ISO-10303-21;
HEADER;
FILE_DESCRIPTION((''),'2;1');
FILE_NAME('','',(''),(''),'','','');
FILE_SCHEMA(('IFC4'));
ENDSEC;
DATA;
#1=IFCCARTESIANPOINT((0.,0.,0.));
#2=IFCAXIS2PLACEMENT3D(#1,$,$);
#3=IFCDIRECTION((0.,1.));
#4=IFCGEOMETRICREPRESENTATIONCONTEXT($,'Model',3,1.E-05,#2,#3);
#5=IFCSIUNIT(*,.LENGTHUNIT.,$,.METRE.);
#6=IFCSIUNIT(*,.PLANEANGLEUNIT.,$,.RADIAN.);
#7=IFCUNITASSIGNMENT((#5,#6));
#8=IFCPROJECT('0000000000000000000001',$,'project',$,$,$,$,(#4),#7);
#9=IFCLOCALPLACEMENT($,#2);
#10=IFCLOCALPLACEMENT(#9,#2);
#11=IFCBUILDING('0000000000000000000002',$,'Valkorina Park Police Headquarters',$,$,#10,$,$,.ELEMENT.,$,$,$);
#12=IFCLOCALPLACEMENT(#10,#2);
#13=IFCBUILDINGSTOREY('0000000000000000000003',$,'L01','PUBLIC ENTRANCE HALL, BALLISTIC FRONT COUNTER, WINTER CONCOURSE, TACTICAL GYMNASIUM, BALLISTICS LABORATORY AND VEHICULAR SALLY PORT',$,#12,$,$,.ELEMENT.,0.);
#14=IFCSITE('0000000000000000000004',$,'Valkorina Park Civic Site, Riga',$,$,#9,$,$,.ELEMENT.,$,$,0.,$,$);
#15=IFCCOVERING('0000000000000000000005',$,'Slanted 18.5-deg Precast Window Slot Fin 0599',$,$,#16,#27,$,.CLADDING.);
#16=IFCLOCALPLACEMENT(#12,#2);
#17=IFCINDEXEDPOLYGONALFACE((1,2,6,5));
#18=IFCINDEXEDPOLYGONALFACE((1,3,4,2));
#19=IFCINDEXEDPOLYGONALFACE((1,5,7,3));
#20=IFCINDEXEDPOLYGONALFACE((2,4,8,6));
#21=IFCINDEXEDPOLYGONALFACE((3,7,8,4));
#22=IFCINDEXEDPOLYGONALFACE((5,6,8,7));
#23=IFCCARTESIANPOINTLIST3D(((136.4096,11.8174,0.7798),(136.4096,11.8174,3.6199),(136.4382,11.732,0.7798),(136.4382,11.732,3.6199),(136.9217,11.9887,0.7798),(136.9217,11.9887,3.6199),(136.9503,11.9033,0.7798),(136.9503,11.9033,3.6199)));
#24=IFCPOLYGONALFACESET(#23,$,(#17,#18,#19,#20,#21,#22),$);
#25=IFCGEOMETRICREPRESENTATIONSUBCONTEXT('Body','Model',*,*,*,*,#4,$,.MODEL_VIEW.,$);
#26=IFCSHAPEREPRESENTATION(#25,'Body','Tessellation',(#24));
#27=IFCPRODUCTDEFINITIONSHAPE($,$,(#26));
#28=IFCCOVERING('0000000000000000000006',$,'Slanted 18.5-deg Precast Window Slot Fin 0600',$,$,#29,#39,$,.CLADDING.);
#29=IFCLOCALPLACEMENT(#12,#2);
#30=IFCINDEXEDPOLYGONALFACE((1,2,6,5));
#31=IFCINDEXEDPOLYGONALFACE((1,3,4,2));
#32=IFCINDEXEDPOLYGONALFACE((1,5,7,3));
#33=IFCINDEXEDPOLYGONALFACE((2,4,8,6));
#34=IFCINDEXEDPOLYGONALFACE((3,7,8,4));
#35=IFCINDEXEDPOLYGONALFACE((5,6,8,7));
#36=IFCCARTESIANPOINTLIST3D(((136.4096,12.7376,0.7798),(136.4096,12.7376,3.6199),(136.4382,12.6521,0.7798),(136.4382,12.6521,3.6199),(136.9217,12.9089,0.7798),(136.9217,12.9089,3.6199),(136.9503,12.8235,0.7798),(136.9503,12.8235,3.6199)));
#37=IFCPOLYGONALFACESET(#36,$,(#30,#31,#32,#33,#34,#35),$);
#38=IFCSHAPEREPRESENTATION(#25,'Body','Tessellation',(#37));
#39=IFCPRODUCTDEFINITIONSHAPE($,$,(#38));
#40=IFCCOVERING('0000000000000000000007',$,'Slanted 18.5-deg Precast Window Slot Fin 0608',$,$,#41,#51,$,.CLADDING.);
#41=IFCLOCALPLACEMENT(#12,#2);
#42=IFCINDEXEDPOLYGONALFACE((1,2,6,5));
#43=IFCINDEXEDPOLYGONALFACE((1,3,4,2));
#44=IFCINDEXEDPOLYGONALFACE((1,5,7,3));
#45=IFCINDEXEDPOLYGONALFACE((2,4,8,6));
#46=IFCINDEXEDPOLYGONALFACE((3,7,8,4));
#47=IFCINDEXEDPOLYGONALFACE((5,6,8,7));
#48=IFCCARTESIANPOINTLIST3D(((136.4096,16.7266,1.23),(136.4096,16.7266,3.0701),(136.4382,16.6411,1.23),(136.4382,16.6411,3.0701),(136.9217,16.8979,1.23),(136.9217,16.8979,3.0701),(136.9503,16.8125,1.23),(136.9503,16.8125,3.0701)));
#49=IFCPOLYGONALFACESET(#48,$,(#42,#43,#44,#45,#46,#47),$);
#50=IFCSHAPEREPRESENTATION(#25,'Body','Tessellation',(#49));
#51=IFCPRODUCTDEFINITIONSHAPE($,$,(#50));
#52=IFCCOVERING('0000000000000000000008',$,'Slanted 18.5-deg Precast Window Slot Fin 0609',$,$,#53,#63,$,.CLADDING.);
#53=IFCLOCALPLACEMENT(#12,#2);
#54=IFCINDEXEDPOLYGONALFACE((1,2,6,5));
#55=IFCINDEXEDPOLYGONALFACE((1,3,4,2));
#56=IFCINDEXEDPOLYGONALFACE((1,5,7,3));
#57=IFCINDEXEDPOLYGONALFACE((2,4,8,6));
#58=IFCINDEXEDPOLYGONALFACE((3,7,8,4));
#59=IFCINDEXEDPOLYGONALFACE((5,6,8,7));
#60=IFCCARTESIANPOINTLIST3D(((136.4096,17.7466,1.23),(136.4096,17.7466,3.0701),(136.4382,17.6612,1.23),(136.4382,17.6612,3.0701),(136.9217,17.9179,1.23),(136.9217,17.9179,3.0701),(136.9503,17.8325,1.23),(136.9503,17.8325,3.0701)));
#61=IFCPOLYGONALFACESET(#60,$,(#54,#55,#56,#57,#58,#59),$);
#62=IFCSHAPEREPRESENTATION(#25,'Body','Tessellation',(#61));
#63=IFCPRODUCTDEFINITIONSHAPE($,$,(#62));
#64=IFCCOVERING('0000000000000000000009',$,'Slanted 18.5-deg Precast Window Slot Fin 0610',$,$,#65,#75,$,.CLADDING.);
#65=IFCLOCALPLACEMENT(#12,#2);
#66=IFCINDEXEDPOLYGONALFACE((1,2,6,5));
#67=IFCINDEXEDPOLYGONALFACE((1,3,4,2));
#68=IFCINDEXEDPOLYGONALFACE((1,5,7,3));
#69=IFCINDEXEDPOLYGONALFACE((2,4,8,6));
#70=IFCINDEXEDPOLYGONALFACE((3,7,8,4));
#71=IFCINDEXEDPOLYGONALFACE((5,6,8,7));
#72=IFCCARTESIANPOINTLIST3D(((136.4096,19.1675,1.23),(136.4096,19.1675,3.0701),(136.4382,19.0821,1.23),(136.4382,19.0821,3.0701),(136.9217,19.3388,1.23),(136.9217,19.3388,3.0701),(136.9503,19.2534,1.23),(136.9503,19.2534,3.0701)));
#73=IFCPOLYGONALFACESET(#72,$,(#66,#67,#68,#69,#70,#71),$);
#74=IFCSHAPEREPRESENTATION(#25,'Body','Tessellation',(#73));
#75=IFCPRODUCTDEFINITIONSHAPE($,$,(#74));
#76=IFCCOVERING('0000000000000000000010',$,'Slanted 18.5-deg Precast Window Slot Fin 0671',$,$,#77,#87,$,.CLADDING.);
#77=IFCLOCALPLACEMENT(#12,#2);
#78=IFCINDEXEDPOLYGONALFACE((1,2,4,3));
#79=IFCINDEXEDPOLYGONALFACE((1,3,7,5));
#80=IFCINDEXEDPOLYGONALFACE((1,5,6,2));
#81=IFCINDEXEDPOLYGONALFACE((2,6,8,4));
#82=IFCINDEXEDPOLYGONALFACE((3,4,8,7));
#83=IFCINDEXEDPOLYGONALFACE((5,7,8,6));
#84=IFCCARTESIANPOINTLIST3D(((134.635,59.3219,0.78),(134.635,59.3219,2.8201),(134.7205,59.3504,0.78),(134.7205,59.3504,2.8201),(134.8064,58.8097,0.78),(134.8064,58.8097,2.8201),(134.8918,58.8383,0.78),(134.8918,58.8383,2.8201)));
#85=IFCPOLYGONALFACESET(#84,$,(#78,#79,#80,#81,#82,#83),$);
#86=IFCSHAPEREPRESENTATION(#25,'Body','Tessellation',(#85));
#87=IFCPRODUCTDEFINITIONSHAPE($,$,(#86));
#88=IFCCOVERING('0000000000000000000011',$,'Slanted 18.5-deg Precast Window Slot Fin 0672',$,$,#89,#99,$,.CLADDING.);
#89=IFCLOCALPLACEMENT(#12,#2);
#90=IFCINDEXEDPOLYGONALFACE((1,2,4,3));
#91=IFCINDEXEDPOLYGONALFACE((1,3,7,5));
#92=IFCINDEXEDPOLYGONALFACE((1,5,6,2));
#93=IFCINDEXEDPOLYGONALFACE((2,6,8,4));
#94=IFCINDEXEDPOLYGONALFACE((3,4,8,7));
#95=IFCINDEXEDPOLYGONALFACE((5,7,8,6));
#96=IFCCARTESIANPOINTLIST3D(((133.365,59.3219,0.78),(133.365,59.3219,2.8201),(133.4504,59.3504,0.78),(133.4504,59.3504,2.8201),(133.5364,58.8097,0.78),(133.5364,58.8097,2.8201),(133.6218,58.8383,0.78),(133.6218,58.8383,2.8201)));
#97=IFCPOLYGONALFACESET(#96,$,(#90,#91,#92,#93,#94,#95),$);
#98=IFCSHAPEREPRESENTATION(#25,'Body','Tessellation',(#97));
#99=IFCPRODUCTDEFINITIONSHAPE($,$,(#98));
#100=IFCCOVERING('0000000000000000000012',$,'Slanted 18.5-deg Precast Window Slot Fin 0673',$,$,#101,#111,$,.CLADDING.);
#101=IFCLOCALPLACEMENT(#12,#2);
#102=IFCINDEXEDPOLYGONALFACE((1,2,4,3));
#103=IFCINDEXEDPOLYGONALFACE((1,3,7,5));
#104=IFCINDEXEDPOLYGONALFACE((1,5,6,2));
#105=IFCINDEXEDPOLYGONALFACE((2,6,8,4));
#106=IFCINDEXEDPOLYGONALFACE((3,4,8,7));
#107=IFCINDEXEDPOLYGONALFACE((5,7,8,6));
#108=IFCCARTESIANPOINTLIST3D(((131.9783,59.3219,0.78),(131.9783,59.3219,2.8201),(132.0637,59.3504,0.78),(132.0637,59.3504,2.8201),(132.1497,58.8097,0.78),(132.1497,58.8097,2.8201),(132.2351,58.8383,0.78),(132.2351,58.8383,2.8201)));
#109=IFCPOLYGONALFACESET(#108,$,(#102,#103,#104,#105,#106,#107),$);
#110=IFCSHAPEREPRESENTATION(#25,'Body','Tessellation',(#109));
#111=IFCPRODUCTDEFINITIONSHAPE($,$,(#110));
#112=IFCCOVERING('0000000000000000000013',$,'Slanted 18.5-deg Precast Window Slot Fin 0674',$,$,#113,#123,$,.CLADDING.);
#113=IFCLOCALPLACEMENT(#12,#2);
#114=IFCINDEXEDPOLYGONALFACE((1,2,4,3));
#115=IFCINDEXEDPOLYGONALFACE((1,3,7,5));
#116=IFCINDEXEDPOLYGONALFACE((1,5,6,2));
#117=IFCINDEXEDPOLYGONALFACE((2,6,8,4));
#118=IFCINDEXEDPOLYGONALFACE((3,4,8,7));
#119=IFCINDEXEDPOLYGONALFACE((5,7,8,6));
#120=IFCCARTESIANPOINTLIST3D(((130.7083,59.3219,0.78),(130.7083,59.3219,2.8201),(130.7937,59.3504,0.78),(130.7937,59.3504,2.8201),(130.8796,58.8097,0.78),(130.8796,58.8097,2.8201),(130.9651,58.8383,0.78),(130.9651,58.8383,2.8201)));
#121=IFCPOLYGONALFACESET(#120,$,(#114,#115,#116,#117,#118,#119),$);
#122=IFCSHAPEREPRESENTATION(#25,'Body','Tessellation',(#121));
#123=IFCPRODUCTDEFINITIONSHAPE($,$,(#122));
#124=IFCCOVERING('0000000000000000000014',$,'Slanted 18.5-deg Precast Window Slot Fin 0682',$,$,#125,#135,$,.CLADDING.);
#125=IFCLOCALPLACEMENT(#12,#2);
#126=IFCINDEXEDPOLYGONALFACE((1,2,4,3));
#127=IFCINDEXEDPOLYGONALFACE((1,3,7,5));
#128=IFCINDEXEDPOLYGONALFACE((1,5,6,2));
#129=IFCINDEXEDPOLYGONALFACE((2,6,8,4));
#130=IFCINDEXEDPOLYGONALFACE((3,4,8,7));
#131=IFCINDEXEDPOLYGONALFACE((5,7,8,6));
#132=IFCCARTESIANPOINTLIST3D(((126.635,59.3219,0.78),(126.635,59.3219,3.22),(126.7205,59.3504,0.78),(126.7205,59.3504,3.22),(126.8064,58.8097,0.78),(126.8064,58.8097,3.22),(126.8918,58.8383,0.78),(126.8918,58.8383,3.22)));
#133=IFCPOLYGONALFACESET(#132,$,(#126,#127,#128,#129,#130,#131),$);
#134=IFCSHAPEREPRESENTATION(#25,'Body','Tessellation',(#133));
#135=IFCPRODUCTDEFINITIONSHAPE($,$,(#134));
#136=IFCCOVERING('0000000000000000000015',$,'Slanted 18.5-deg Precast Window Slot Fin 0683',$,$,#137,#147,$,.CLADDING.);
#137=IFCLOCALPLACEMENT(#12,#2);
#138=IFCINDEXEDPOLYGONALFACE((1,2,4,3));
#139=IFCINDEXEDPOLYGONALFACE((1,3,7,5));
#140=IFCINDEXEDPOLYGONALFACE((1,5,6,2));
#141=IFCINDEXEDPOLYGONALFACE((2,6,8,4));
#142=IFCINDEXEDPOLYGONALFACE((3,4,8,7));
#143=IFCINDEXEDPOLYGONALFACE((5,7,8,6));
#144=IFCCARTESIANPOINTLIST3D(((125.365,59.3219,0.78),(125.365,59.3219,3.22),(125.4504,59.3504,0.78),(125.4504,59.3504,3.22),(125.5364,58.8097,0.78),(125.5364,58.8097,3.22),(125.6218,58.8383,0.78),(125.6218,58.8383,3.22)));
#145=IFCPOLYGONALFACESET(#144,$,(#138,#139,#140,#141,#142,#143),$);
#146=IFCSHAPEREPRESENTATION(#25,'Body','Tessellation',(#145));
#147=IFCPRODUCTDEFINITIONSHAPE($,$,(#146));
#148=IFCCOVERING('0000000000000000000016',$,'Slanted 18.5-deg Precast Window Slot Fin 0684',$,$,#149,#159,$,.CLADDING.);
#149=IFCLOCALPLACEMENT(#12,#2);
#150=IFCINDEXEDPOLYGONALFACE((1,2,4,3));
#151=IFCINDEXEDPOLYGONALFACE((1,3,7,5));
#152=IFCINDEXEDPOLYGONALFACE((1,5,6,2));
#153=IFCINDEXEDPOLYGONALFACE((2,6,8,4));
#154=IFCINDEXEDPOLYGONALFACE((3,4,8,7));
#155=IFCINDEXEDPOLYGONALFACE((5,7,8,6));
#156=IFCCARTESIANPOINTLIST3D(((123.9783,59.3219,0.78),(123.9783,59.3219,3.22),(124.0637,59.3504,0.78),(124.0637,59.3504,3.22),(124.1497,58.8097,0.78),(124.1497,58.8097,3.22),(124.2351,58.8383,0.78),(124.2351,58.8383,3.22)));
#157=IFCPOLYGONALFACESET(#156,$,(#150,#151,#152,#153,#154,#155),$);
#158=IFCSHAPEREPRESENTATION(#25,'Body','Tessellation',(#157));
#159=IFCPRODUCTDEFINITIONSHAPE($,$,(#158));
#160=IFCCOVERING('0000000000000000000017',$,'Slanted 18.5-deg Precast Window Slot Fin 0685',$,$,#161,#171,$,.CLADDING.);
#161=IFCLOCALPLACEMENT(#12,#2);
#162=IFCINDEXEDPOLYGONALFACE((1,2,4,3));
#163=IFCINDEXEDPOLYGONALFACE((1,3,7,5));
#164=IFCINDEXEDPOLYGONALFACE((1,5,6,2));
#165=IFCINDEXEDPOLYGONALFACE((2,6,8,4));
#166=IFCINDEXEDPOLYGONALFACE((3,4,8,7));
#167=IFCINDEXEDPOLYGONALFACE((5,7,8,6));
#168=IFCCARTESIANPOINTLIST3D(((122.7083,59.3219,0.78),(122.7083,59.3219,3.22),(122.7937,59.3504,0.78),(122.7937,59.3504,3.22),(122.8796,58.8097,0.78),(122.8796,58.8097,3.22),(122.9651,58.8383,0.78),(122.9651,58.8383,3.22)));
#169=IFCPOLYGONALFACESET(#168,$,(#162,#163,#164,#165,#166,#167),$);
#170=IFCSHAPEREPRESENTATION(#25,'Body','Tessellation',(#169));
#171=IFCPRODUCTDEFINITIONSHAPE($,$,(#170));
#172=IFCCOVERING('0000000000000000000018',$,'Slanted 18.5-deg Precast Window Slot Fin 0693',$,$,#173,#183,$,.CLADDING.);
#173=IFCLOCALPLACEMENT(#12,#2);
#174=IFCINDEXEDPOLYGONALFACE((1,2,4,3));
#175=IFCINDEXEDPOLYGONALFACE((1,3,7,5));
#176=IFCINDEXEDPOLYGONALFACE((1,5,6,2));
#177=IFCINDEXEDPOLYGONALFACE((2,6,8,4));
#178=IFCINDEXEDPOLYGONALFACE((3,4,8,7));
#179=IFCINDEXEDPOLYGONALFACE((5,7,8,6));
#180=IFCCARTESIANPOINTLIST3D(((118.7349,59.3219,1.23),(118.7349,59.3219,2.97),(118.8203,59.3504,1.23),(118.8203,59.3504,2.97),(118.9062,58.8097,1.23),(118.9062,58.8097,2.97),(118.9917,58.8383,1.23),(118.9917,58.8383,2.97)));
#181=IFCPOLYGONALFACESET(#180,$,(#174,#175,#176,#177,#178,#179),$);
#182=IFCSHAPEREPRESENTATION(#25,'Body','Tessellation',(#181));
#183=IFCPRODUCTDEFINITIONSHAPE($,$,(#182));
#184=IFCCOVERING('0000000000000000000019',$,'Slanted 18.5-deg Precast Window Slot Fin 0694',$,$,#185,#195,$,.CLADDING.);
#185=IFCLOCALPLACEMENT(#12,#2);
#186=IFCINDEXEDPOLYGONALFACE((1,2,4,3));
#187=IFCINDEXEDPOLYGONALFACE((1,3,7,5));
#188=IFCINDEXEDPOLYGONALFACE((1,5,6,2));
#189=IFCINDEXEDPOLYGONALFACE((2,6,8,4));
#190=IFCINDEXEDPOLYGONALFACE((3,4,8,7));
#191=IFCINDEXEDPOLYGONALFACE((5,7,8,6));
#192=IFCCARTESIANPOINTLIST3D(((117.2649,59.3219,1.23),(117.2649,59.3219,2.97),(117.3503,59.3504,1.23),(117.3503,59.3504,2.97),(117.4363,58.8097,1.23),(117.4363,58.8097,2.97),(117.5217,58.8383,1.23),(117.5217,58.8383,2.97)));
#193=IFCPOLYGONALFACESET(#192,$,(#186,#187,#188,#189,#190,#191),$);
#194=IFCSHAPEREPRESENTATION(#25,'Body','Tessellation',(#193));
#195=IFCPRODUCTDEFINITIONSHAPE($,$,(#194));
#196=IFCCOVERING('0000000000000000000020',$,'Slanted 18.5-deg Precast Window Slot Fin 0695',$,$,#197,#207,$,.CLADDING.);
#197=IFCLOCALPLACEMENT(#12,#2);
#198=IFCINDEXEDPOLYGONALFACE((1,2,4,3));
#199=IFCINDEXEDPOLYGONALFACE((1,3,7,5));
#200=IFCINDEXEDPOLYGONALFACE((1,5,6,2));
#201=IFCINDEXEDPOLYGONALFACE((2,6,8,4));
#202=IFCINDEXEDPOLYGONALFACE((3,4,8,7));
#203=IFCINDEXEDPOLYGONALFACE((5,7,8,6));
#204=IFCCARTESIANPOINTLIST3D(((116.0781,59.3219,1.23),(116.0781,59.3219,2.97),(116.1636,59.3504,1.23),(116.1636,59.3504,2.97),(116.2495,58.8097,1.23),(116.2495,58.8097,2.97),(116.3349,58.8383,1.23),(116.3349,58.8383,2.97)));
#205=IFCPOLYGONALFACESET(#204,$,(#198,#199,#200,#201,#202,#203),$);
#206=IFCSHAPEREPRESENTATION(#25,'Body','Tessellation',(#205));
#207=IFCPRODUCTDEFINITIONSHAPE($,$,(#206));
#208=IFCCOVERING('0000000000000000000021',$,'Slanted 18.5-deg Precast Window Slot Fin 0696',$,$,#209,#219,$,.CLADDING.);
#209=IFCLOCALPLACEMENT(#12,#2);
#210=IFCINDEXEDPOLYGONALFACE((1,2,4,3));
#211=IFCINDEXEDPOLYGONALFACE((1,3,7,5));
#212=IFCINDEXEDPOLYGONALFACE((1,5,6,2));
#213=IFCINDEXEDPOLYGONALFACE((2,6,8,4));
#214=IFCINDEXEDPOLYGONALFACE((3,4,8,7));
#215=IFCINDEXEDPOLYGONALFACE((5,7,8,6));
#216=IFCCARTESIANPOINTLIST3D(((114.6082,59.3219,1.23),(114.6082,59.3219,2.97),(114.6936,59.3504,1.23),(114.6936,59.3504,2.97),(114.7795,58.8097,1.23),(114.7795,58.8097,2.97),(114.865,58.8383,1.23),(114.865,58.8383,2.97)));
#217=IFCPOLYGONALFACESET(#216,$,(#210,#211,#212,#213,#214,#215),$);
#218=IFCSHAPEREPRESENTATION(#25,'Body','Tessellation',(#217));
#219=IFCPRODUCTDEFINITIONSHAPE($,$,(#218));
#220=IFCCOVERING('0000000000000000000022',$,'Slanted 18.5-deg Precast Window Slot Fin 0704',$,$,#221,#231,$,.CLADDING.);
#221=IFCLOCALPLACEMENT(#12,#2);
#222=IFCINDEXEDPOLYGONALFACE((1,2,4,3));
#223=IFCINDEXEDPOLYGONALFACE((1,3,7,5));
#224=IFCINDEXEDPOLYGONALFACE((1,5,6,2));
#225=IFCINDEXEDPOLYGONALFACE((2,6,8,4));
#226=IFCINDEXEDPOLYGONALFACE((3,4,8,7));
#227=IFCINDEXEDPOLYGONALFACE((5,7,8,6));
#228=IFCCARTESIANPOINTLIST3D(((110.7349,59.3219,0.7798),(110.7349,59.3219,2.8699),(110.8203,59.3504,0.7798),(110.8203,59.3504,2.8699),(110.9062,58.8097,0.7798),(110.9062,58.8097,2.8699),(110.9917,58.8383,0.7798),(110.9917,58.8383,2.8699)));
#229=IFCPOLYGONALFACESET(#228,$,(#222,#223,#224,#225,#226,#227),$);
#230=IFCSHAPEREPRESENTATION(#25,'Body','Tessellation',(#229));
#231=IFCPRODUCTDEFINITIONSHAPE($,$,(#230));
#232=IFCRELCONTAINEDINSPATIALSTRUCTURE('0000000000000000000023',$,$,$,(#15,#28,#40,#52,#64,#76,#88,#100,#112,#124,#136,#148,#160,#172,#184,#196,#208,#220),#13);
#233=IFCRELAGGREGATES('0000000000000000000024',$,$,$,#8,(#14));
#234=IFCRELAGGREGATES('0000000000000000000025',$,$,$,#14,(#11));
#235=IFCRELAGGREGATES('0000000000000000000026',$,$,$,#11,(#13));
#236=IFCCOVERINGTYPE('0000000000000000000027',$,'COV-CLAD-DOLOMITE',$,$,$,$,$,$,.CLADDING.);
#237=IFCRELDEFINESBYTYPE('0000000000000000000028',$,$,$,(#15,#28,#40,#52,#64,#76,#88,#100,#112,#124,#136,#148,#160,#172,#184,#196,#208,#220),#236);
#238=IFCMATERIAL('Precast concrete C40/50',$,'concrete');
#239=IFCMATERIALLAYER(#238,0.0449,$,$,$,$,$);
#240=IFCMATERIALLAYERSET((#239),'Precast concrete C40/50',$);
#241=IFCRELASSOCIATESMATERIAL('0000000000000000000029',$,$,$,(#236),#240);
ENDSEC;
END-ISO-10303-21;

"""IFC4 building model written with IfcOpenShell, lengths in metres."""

from ifc_helpers import new_model, si_unit, direction, frame, origin, origin_2d, place, context, subcontext, project, spatial, rectangle, extrude, material, layer, layer_set, type_object, element, save


model = new_model("IFC4")

# Units and contexts
model_context = context("Model", 3, precision=1e-05, world=origin(), true_north=direction((0.0, 1.0)))
body_context = subcontext(model_context, "Body", "Model", "MODEL_VIEW")
ifc_project = project(units=[si_unit("LENGTHUNIT", "METRE"), si_unit("PLANEANGLEUNIT", "RADIAN")], contexts=[model_context])

# Site, building, storey
site_placement = place(None, origin())
site = spatial("IfcSite", under=ifc_project, at=site_placement, Name="Valkorina Park Civic Site, Riga", CompositionType="ELEMENT", RefElevation=0.0)
building_placement = place(site_placement, origin())
building = spatial("IfcBuilding", under=site, at=building_placement, Name="Valkorina Park Police Headquarters", CompositionType="ELEMENT")
storey_placement = place(building_placement, origin())
storey = spatial("IfcBuildingStorey", under=building, at=storey_placement, Name="L01", Description="PUBLIC ENTRANCE HALL, BALLISTIC FRONT COUNTER, WINTER CONCOURSE, TACTICAL GYMNASIUM, BALLISTICS LABORATORY AND VEHICULAR SALLY PORT", CompositionType="ELEMENT", Elevation=0.0)

# Coverings
ifc_material_1 = material(Name="Precast concrete C40/50", Category="concrete")
ifc_layer_1 = layer(ifc_material_1, 0.0449)
ifc_layer_set_1 = layer_set([ifc_layer_1], Name="Precast concrete C40/50")
covering_type = type_object("IfcCoveringType", Name="COV-CLAD-DOLOMITE", PredefinedType="CLADDING", material=ifc_layer_set_1)
for number, where, z_axis, x_axis, name in (
    (1, (136.6799, 11.8604, 0.7798), (0.0, 0.0, 1.0), (-0.948324, -0.317305, 0.0), "Slanted 18.5-deg Precast Window Slot Fin 0599"),
    (2, (136.6799, 12.7805, 0.7798), (0.0, 0.0, 1.0), (-0.948324, -0.317305, 0.0), "Slanted 18.5-deg Precast Window Slot Fin 0600"),
):
    element("IfcCovering", number, at=place(storey_placement, frame(where, z_axis=z_axis, x_axis=x_axis)), inside=storey, type_object=covering_type, Name=name, PredefinedType="CLADDING", context=body_context, shape_type="SweptSolid", body=[
        extrude(rectangle(XDim=0.54, YDim=0.0901, at=origin_2d()), origin(), (0.0, 0.0, 1.0), 2.8401),
    ])
for number, where, z_axis, x_axis, name in (
    (3, (136.6799, 16.7695, 1.23), (0.0, 0.0, 1.0), (-0.948324, -0.317305, 0.0), "Slanted 18.5-deg Precast Window Slot Fin 0608"),
    (4, (136.6799, 17.7896, 1.23), (0.0, 0.0, 1.0), (-0.948324, -0.317305, 0.0), "Slanted 18.5-deg Precast Window Slot Fin 0609"),
    (5, (136.6799, 19.2104, 1.23), (0.0, 0.0, 1.0), (-0.948324, -0.317305, 0.0), "Slanted 18.5-deg Precast Window Slot Fin 0610"),
):
    element("IfcCovering", number, at=place(storey_placement, frame(where, z_axis=z_axis, x_axis=x_axis)), inside=storey, type_object=covering_type, Name=name, PredefinedType="CLADDING", context=body_context, shape_type="SweptSolid", body=[
        extrude(rectangle(XDim=0.54, YDim=0.0901, at=origin_2d()), origin(), (0.0, 0.0, 1.0), 1.8401),
    ])
for number, where, z_axis, x_axis, name in (
    (6, (134.7634, 59.0801, 0.78), (0.0, 0.0, 1.0), (0.317305, -0.948324, 0.0), "Slanted 18.5-deg Precast Window Slot Fin 0671"),
    (7, (133.4934, 59.0801, 0.78), (0.0, 0.0, 1.0), (0.317305, -0.948324, 0.0), "Slanted 18.5-deg Precast Window Slot Fin 0672"),
    (8, (132.1067, 59.0801, 0.78), (0.0, 0.0, 1.0), (0.317305, -0.948324, 0.0), "Slanted 18.5-deg Precast Window Slot Fin 0673"),
    (9, (130.8367, 59.0801, 0.78), (0.0, 0.0, 1.0), (0.317305, -0.948324, 0.0), "Slanted 18.5-deg Precast Window Slot Fin 0674"),
):
    element("IfcCovering", number, at=place(storey_placement, frame(where, z_axis=z_axis, x_axis=x_axis)), inside=storey, type_object=covering_type, Name=name, PredefinedType="CLADDING", context=body_context, shape_type="SweptSolid", body=[
        extrude(rectangle(XDim=0.54, YDim=0.0901, at=origin_2d()), origin(), (0.0, 0.0, 1.0), 2.04),
    ])
for number, where, z_axis, x_axis, name in (
    (10, (126.7634, 59.0801, 0.78), (0.0, 0.0, 1.0), (0.317305, -0.948324, 0.0), "Slanted 18.5-deg Precast Window Slot Fin 0682"),
    (11, (125.4934, 59.0801, 0.78), (0.0, 0.0, 1.0), (0.317305, -0.948324, 0.0), "Slanted 18.5-deg Precast Window Slot Fin 0683"),
    (12, (124.1067, 59.0801, 0.78), (0.0, 0.0, 1.0), (0.317305, -0.948324, 0.0), "Slanted 18.5-deg Precast Window Slot Fin 0684"),
    (13, (122.8367, 59.0801, 0.78), (0.0, 0.0, 1.0), (0.317305, -0.948324, 0.0), "Slanted 18.5-deg Precast Window Slot Fin 0685"),
):
    element("IfcCovering", number, at=place(storey_placement, frame(where, z_axis=z_axis, x_axis=x_axis)), inside=storey, type_object=covering_type, Name=name, PredefinedType="CLADDING", context=body_context, shape_type="SweptSolid", body=[
        extrude(rectangle(XDim=0.54, YDim=0.0901, at=origin_2d()), origin(), (0.0, 0.0, 1.0), 2.4399),
    ])
for number, where, z_axis, x_axis, name in (
    (14, (118.8633, 59.0801, 1.23), (0.0, 0.0, 1.0), (0.317305, -0.948324, 0.0), "Slanted 18.5-deg Precast Window Slot Fin 0693"),
    (15, (117.3933, 59.0801, 1.23), (0.0, 0.0, 1.0), (0.317305, -0.948324, 0.0), "Slanted 18.5-deg Precast Window Slot Fin 0694"),
    (16, (116.2065, 59.0801, 1.23), (0.0, 0.0, 1.0), (0.317305, -0.948324, 0.0), "Slanted 18.5-deg Precast Window Slot Fin 0695"),
    (17, (114.7366, 59.0801, 1.23), (0.0, 0.0, 1.0), (0.317305, -0.948324, 0.0), "Slanted 18.5-deg Precast Window Slot Fin 0696"),
):
    element("IfcCovering", number, at=place(storey_placement, frame(where, z_axis=z_axis, x_axis=x_axis)), inside=storey, type_object=covering_type, Name=name, PredefinedType="CLADDING", context=body_context, shape_type="SweptSolid", body=[
        extrude(rectangle(XDim=0.54, YDim=0.0901, at=origin_2d()), origin(), (0.0, 0.0, 1.0), 1.74),
    ])
for number, where, z_axis, x_axis, name in (
    (18, (110.8633, 59.0801, 0.7798), (0.0, 0.0, 1.0), (0.317305, -0.948324, 0.0), "Slanted 18.5-deg Precast Window Slot Fin 0704"),
):
    element("IfcCovering", number, at=place(storey_placement, frame(where, z_axis=z_axis, x_axis=x_axis)), inside=storey, type_object=covering_type, Name=name, PredefinedType="CLADDING", context=body_context, shape_type="SweptSolid", body=[
        extrude(rectangle(XDim=0.54, YDim=0.0901, at=origin_2d()), origin(), (0.0, 0.0, 1.0), 2.0901),
    ])

save(model, "model.ifc")
